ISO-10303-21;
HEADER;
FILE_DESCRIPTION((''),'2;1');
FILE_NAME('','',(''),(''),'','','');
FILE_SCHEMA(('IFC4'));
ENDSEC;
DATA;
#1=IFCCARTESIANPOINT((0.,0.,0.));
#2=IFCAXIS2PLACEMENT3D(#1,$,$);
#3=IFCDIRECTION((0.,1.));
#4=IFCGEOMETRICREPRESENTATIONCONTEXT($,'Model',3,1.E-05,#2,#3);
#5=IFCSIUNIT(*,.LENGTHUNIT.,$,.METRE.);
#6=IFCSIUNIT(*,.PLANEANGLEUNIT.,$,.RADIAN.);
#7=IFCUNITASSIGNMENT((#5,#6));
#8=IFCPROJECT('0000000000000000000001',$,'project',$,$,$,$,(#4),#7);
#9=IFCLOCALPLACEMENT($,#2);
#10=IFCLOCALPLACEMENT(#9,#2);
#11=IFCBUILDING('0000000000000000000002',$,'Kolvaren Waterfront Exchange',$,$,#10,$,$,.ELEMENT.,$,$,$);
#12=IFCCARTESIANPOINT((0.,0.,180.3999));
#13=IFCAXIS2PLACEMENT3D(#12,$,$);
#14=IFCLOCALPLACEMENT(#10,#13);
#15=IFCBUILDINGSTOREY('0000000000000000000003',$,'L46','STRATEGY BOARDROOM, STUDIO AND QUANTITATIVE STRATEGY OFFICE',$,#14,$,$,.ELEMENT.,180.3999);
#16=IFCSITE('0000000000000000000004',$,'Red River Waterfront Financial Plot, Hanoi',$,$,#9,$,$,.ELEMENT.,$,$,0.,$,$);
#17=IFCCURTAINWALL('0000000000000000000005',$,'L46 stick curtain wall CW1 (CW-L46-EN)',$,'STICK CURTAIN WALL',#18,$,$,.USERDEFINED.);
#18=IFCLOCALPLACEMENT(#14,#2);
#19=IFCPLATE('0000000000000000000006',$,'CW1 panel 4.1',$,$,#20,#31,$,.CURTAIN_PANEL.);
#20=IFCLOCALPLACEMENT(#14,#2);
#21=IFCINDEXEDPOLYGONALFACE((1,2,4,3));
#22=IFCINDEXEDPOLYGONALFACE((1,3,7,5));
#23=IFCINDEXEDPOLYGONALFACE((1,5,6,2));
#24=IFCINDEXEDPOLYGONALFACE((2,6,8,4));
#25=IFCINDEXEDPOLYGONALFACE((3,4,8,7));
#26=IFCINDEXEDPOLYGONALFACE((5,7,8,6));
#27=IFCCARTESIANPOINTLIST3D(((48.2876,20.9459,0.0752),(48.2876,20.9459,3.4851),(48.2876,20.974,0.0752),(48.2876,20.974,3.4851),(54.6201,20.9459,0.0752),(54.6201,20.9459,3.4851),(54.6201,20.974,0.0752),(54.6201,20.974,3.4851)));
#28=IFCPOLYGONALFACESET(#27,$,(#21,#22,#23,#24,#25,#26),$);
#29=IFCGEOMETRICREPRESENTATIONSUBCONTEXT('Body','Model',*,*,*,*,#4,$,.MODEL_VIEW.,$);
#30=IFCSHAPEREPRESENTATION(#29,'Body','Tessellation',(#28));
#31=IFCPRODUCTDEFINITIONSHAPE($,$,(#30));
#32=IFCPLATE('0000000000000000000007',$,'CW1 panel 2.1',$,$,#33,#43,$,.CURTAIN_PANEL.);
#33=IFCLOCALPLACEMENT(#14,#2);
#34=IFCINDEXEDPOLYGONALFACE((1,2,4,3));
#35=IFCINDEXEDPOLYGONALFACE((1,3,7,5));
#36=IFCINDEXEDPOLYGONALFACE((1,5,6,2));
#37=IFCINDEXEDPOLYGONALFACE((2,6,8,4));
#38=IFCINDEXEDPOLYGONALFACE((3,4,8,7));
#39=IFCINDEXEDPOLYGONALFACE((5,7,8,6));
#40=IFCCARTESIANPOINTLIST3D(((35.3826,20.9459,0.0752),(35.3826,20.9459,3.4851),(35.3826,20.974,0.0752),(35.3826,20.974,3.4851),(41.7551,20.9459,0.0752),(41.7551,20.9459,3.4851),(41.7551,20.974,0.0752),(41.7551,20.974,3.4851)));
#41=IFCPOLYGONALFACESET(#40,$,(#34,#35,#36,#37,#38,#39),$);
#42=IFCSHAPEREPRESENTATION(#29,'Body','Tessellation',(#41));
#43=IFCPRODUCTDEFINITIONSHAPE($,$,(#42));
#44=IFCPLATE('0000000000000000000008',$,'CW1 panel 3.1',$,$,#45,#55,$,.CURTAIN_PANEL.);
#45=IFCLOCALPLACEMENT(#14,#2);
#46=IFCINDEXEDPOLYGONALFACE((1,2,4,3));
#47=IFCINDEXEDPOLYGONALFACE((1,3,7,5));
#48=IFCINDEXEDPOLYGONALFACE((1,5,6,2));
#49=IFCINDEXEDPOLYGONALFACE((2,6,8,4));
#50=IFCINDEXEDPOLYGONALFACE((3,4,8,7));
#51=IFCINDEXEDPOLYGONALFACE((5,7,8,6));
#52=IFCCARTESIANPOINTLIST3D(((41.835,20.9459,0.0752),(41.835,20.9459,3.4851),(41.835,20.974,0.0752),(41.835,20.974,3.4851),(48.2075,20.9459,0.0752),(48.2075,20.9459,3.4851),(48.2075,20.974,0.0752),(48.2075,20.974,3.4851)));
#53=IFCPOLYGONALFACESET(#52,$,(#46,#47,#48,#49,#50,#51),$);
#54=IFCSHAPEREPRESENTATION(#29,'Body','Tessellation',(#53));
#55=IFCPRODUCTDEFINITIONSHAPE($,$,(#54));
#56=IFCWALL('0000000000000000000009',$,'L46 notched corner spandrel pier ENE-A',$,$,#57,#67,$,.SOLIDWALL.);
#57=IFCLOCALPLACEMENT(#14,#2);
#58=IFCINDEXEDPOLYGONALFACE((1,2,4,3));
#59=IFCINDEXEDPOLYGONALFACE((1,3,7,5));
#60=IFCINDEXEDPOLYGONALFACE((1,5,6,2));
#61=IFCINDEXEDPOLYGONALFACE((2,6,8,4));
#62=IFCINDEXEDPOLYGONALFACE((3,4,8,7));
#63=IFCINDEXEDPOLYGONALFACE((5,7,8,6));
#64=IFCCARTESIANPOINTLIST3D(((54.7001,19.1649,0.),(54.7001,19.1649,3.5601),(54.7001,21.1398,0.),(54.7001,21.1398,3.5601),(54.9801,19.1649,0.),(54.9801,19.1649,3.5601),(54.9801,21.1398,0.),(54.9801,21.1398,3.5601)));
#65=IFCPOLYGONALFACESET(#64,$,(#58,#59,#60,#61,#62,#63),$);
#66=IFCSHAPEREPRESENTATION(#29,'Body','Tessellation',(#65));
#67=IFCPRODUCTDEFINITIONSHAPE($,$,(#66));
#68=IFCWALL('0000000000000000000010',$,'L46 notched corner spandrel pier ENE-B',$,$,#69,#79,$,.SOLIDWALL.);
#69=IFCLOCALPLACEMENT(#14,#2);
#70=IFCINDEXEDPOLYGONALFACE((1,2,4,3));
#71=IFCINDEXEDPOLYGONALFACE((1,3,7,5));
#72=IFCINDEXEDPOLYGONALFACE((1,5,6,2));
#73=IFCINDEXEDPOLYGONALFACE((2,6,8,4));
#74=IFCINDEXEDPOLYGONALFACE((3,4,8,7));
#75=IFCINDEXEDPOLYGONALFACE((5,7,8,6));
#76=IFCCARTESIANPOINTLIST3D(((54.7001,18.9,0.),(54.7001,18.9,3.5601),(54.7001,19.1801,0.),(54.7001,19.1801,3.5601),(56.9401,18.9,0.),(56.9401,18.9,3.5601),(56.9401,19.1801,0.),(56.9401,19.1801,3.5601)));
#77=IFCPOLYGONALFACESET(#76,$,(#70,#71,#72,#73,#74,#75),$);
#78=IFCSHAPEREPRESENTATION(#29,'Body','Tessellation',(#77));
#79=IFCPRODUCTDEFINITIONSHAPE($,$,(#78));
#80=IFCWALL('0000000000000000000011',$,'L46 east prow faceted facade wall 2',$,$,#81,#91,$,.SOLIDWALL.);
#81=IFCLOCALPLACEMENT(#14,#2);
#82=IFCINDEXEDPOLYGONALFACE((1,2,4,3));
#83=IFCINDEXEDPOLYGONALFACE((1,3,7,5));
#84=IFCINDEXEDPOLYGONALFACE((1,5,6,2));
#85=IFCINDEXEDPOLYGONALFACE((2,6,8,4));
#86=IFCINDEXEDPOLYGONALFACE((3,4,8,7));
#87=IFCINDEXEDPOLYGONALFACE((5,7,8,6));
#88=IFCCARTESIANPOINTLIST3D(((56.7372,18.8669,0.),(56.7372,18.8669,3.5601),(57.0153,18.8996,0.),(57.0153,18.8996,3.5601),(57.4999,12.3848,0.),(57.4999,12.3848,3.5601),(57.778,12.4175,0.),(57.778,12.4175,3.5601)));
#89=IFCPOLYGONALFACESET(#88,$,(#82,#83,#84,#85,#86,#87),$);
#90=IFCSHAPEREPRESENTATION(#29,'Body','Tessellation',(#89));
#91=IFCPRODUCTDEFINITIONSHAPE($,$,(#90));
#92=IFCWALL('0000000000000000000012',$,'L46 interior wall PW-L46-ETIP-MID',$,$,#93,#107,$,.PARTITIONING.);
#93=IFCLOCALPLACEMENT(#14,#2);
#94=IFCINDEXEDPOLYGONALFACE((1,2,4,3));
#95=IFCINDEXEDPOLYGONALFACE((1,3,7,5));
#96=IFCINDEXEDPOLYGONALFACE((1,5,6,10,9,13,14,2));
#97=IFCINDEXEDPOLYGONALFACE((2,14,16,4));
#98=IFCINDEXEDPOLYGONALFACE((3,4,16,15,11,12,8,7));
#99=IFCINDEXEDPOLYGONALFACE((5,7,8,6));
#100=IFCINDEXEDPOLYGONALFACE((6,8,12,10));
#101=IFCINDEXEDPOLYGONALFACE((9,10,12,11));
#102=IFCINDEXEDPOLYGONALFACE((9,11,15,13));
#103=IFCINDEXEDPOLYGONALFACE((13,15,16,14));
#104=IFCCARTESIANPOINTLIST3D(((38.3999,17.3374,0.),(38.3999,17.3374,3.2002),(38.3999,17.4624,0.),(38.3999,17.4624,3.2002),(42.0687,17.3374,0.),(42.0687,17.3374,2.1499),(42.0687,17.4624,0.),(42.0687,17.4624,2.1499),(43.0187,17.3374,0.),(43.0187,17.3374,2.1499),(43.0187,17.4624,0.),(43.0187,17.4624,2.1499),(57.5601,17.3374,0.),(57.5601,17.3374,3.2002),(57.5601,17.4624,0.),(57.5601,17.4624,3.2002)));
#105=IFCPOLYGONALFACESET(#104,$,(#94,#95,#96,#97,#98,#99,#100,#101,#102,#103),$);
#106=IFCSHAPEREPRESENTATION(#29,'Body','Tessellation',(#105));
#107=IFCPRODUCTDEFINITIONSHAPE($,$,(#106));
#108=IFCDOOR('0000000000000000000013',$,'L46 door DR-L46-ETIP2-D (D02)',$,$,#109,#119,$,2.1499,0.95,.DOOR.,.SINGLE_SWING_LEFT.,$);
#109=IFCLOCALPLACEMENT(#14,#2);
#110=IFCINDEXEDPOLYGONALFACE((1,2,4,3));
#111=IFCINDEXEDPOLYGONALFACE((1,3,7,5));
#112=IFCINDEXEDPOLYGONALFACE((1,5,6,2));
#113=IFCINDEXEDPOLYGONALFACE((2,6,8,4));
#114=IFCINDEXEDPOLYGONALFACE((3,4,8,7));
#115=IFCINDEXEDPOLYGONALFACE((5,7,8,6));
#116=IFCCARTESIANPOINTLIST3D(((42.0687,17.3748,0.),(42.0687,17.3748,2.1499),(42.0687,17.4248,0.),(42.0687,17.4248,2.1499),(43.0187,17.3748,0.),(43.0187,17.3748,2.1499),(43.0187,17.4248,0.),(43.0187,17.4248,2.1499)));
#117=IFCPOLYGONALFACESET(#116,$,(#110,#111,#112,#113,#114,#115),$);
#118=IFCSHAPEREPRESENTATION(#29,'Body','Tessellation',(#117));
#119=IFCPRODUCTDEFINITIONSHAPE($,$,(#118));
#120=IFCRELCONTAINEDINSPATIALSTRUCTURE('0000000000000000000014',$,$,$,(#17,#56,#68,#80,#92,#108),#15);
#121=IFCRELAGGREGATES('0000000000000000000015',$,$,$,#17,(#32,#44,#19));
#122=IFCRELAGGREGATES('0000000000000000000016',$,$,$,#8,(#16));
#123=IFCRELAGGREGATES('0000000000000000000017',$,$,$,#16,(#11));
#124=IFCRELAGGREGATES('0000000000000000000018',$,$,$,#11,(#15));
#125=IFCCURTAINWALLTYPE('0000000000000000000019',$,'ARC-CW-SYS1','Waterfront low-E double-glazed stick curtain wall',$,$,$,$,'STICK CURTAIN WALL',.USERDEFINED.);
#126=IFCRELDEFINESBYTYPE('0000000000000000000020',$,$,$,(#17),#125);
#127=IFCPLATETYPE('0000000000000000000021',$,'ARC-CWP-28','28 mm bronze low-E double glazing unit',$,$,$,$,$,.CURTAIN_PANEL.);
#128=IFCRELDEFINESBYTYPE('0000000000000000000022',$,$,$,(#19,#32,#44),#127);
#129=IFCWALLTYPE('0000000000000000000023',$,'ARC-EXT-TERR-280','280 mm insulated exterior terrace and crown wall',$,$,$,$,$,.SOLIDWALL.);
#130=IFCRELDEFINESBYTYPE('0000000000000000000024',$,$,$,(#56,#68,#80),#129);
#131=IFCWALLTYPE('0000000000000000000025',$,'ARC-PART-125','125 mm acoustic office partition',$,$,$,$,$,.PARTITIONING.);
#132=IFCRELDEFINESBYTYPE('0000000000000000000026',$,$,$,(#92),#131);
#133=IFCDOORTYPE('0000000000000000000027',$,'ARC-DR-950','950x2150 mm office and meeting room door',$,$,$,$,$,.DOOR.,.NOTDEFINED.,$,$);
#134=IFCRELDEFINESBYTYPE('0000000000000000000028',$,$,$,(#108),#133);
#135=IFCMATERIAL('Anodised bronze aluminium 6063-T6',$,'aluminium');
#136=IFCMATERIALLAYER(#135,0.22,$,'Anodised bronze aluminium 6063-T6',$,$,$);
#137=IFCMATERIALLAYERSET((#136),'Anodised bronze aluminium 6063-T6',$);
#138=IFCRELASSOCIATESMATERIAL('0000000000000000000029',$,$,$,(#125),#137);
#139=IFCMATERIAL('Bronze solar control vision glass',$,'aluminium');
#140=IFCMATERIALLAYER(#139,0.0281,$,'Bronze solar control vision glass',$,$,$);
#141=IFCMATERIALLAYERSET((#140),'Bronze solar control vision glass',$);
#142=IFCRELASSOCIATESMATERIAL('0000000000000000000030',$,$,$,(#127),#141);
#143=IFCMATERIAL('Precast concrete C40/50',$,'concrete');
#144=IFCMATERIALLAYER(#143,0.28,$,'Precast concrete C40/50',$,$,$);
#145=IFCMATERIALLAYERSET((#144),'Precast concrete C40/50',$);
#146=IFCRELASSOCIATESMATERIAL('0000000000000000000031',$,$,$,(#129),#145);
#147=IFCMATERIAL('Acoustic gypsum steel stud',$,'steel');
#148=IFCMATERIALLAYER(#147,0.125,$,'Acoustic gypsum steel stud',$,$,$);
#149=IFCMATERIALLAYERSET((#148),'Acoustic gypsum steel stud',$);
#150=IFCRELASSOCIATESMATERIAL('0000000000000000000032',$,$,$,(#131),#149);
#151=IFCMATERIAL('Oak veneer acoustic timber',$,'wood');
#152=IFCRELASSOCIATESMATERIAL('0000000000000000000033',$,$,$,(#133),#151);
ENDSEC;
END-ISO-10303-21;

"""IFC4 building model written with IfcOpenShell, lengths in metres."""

from ifc_helpers import new_model, si_unit, direction, frame, frame_2d, origin, origin_with_axes, origin_2d, place, context, subcontext, project, spatial, rectangle, extrude, source, transform, mapped, material, layer, layer_set, type_object, element, fill, aggregate, save


model = new_model("IFC4")

# Units and contexts
model_context = context("Model", 3, precision=1e-05, world=origin(), true_north=direction((0.0, 1.0)))
body_context = subcontext(model_context, "Body", "Model", "MODEL_VIEW")
ifc_project = project(units=[si_unit("LENGTHUNIT", "METRE"), si_unit("PLANEANGLEUNIT", "RADIAN")], contexts=[model_context])

# Site, building, storey
site_placement = place(None, origin())
site = spatial("IfcSite", under=ifc_project, at=site_placement, Name="Red River Waterfront Financial Plot, Hanoi", CompositionType="ELEMENT", RefElevation=0.0)
building_placement = place(site_placement, origin())
building = spatial("IfcBuilding", under=site, at=building_placement, Name="Kolvaren Waterfront Exchange", CompositionType="ELEMENT")
storey_placement = place(building_placement, frame((0.0, 0.0, 180.3999)))
storey = spatial("IfcBuildingStorey", under=building, at=storey_placement, Name="L46", Description="STRATEGY BOARDROOM, STUDIO AND QUANTITATIVE STRATEGY OFFICE", CompositionType="ELEMENT", Elevation=180.3999)

# Curtain wall, plates
ifc_material_1 = material(Name="Anodised bronze aluminium 6063-T6", Category="aluminium")
ifc_layer_1 = layer(ifc_material_1, 0.22, Name="Anodised bronze aluminium 6063-T6")
ifc_layer_set_1 = layer_set([ifc_layer_1], Name="Anodised bronze aluminium 6063-T6")
curtain_wall_type = type_object("IfcCurtainWallType", Name="ARC-CW-SYS1", Description="Waterfront low-E double-glazed stick curtain wall", ElementType="STICK CURTAIN WALL", PredefinedType="USERDEFINED", material=ifc_layer_set_1)
curtain_wall_placement = place(storey_placement, origin())
curtain_wall = element("IfcCurtainWall", 1, at=curtain_wall_placement, inside=storey, type_object=curtain_wall_type, Name="L46 stick curtain wall CW1 (CW-L46-EN)", ObjectType="STICK CURTAIN WALL", PredefinedType="USERDEFINED")
ifc_material_2 = material(Name="Bronze solar control vision glass", Category="aluminium")
ifc_layer_2 = layer(ifc_material_2, 0.0281, Name="Bronze solar control vision glass")
ifc_layer_set_2 = layer_set([ifc_layer_2], Name="Bronze solar control vision glass")
plate_type = type_object("IfcPlateType", Name="ARC-CWP-28", Description="28 mm bronze low-E double glazing unit", PredefinedType="CURTAIN_PANEL", material=ifc_layer_set_2)
shared_shape_1 = source(origin_with_axes(), body_context, "Body", "SweptSolid", [
    extrude(rectangle(XDim=6.3325, YDim=0.0281, at=origin_2d()), origin(), (0.0, 0.0, 1.0), 3.4099),
])
plate_1_placement = place(storey_placement, frame((51.4539, 20.96, 0.0752), z_axis=(0.0, 0.0, 1.0), x_axis=(1.0, 0.0, 0.0)))
plate_1 = element("IfcPlate", 2, at=plate_1_placement, type_object=plate_type, Name="CW1 panel 4.1", PredefinedType="CURTAIN_PANEL", context=body_context, shape_type="MappedRepresentation", body=[
    mapped(shared_shape_1, transform((0.0, 0.0, 0.0), x_axis=(1.0, 0.0, 0.0), y_axis=(0.0, 1.0, 0.0), z_axis=(0.0, 0.0, 1.0), scale=1.0)),
])
shared_shape_2 = source(origin_with_axes(), body_context, "Body", "SweptSolid", [
    extrude(rectangle(XDim=6.3726, YDim=0.0281, at=origin_2d()), origin(), (0.0, 0.0, 1.0), 3.4099),
])
plate_2_placement = place(storey_placement, frame((38.5688, 20.96, 0.0752), z_axis=(0.0, 0.0, 1.0), x_axis=(1.0, 0.0, 0.0)))
plate_2 = element("IfcPlate", 3, at=plate_2_placement, type_object=plate_type, Name="CW1 panel 2.1", PredefinedType="CURTAIN_PANEL", context=body_context, shape_type="MappedRepresentation", body=[
    mapped(shared_shape_2, transform((0.0, 0.0, 0.0), x_axis=(1.0, 0.0, 0.0), y_axis=(0.0, 1.0, 0.0), z_axis=(0.0, 0.0, 1.0), scale=1.0)),
])
plate_3_placement = place(storey_placement, frame((45.0212, 20.96, 0.0752), z_axis=(0.0, 0.0, 1.0), x_axis=(1.0, 0.0, 0.0)))
plate_3 = element("IfcPlate", 4, at=plate_3_placement, type_object=plate_type, Name="CW1 panel 3.1", PredefinedType="CURTAIN_PANEL", context=body_context, shape_type="MappedRepresentation", body=[
    mapped(shared_shape_2, transform((0.0, 0.0, 0.0), x_axis=(1.0, 0.0, 0.0), y_axis=(0.0, 1.0, 0.0), z_axis=(0.0, 0.0, 1.0), scale=1.0)),
])
aggregate(curtain_wall, [plate_2, plate_3, plate_1])

# Walls
ifc_material_3 = material(Name="Precast concrete C40/50", Category="concrete")
ifc_layer_3 = layer(ifc_material_3, 0.28, Name="Precast concrete C40/50")
ifc_layer_set_3 = layer_set([ifc_layer_3], Name="Precast concrete C40/50")
wall_type_1 = type_object("IfcWallType", Name="ARC-EXT-TERR-280", Description="280 mm insulated exterior terrace and crown wall", PredefinedType="SOLIDWALL", material=ifc_layer_set_3)
wall_1_placement = place(storey_placement, frame((54.8401, 19.165, 0.0), z_axis=(0.0, 0.0, 1.0), x_axis=(0.0, 1.0, 0.0)))
element("IfcWall", 5, at=wall_1_placement, inside=storey, type_object=wall_type_1, Name="L46 notched corner spandrel pier ENE-A", PredefinedType="SOLIDWALL", context=body_context, shape_type="SweptSolid", body=[
    extrude(rectangle(XDim=1.9749, YDim=0.28, at=frame_2d((0.9873, 0.0))), origin(), (0.0, 0.0, 1.0), 3.5601),
])
wall_2_placement = place(storey_placement, frame((54.7, 19.04, 0.0), z_axis=(0.0, 0.0, 1.0), x_axis=(1.0, 0.0, 0.0)))
element("IfcWall", 6, at=wall_2_placement, inside=storey, type_object=wall_type_1, Name="L46 notched corner spandrel pier ENE-B", PredefinedType="SOLIDWALL", context=body_context, shape_type="SweptSolid", body=[
    extrude(rectangle(XDim=2.24, YDim=0.28, at=frame_2d((1.1201, 0.0))), origin(), (0.0, 0.0, 1.0), 3.5601),
])
wall_3_placement = place(storey_placement, frame((57.6389, 12.4011, 0.0), z_axis=(0.0, 0.0, 1.0), x_axis=(-0.116854, 0.993149, 0.0)))
element("IfcWall", 7, at=wall_3_placement, inside=storey, type_object=wall_type_1, Name="L46 east prow faceted facade wall 2", PredefinedType="SOLIDWALL", context=body_context, shape_type="SweptSolid", body=[
    extrude(rectangle(XDim=6.5269, YDim=0.28, at=frame_2d((3.2634, 0.0))), origin(), (0.0, 0.0, 1.0), 3.5601),
])

# Wall, opening, door
ifc_material_4 = material(Name="Acoustic gypsum steel stud", Category="steel")
ifc_layer_4 = layer(ifc_material_4, 0.125, Name="Acoustic gypsum steel stud")
ifc_layer_set_4 = layer_set([ifc_layer_4], Name="Acoustic gypsum steel stud")
wall_type_2 = type_object("IfcWallType", Name="ARC-PART-125", Description="125 mm acoustic office partition", PredefinedType="PARTITIONING", material=ifc_layer_set_4)
wall_4_placement = place(storey_placement, frame((38.3999, 17.3999, 0.0), z_axis=(0.0, 0.0, 1.0), x_axis=(1.0, 0.0, 0.0)))
wall_4 = element("IfcWall", 8, at=wall_4_placement, inside=storey, type_object=wall_type_2, Name="L46 interior wall PW-L46-ETIP-MID", PredefinedType="PARTITIONING", context=body_context, shape_type="SweptSolid", body=[
    extrude(rectangle(XDim=19.1602, YDim=0.125, at=frame_2d((9.5801, 0.0))), origin(), (0.0, 0.0, 1.0), 3.2002),
])
opening_placement = place(wall_4_placement, frame((3.6687, 0.0, 0.0)))
opening = element("IfcOpeningElement", 9, at=opening_placement, cuts=wall_4, PredefinedType="OPENING", context=body_context, shape_type="SweptSolid", body=[
    extrude(rectangle(XDim=0.95, YDim=2.1499, at=frame_2d((0.4751, 1.075))), frame((0.0, 0.0725, 0.0), z_axis=(0.0, -1.0, 0.0), x_axis=(1.0, 0.0, 0.0)), (0.0, 0.0, 1.0), 0.145),
])
ifc_material_5 = material(Name="Oak veneer acoustic timber", Category="wood")
door_type = type_object("IfcDoorType", Name="ARC-DR-950", Description="950x2150 mm office and meeting room door", OperationType="NOTDEFINED", PredefinedType="DOOR", material=ifc_material_5)
door_placement = place(opening_placement, origin())
door = element("IfcDoor", 10, at=door_placement, inside=storey, type_object=door_type, Name="L46 door DR-L46-ETIP2-D (D02)", OperationType="SINGLE_SWING_LEFT", OverallHeight=2.1499, OverallWidth=0.95, PredefinedType="DOOR", context=body_context, shape_type="SweptSolid", body=[
    extrude(rectangle(XDim=0.95, YDim=2.1499, at=frame_2d((0.4751, 1.075))), frame((0.0, 0.0249, 0.0), z_axis=(0.0, -1.0, 0.0), x_axis=(1.0, 0.0, 0.0)), (0.0, 0.0, 1.0), 0.05),
])
fill(opening, door)

save(model, "model.ifc")
